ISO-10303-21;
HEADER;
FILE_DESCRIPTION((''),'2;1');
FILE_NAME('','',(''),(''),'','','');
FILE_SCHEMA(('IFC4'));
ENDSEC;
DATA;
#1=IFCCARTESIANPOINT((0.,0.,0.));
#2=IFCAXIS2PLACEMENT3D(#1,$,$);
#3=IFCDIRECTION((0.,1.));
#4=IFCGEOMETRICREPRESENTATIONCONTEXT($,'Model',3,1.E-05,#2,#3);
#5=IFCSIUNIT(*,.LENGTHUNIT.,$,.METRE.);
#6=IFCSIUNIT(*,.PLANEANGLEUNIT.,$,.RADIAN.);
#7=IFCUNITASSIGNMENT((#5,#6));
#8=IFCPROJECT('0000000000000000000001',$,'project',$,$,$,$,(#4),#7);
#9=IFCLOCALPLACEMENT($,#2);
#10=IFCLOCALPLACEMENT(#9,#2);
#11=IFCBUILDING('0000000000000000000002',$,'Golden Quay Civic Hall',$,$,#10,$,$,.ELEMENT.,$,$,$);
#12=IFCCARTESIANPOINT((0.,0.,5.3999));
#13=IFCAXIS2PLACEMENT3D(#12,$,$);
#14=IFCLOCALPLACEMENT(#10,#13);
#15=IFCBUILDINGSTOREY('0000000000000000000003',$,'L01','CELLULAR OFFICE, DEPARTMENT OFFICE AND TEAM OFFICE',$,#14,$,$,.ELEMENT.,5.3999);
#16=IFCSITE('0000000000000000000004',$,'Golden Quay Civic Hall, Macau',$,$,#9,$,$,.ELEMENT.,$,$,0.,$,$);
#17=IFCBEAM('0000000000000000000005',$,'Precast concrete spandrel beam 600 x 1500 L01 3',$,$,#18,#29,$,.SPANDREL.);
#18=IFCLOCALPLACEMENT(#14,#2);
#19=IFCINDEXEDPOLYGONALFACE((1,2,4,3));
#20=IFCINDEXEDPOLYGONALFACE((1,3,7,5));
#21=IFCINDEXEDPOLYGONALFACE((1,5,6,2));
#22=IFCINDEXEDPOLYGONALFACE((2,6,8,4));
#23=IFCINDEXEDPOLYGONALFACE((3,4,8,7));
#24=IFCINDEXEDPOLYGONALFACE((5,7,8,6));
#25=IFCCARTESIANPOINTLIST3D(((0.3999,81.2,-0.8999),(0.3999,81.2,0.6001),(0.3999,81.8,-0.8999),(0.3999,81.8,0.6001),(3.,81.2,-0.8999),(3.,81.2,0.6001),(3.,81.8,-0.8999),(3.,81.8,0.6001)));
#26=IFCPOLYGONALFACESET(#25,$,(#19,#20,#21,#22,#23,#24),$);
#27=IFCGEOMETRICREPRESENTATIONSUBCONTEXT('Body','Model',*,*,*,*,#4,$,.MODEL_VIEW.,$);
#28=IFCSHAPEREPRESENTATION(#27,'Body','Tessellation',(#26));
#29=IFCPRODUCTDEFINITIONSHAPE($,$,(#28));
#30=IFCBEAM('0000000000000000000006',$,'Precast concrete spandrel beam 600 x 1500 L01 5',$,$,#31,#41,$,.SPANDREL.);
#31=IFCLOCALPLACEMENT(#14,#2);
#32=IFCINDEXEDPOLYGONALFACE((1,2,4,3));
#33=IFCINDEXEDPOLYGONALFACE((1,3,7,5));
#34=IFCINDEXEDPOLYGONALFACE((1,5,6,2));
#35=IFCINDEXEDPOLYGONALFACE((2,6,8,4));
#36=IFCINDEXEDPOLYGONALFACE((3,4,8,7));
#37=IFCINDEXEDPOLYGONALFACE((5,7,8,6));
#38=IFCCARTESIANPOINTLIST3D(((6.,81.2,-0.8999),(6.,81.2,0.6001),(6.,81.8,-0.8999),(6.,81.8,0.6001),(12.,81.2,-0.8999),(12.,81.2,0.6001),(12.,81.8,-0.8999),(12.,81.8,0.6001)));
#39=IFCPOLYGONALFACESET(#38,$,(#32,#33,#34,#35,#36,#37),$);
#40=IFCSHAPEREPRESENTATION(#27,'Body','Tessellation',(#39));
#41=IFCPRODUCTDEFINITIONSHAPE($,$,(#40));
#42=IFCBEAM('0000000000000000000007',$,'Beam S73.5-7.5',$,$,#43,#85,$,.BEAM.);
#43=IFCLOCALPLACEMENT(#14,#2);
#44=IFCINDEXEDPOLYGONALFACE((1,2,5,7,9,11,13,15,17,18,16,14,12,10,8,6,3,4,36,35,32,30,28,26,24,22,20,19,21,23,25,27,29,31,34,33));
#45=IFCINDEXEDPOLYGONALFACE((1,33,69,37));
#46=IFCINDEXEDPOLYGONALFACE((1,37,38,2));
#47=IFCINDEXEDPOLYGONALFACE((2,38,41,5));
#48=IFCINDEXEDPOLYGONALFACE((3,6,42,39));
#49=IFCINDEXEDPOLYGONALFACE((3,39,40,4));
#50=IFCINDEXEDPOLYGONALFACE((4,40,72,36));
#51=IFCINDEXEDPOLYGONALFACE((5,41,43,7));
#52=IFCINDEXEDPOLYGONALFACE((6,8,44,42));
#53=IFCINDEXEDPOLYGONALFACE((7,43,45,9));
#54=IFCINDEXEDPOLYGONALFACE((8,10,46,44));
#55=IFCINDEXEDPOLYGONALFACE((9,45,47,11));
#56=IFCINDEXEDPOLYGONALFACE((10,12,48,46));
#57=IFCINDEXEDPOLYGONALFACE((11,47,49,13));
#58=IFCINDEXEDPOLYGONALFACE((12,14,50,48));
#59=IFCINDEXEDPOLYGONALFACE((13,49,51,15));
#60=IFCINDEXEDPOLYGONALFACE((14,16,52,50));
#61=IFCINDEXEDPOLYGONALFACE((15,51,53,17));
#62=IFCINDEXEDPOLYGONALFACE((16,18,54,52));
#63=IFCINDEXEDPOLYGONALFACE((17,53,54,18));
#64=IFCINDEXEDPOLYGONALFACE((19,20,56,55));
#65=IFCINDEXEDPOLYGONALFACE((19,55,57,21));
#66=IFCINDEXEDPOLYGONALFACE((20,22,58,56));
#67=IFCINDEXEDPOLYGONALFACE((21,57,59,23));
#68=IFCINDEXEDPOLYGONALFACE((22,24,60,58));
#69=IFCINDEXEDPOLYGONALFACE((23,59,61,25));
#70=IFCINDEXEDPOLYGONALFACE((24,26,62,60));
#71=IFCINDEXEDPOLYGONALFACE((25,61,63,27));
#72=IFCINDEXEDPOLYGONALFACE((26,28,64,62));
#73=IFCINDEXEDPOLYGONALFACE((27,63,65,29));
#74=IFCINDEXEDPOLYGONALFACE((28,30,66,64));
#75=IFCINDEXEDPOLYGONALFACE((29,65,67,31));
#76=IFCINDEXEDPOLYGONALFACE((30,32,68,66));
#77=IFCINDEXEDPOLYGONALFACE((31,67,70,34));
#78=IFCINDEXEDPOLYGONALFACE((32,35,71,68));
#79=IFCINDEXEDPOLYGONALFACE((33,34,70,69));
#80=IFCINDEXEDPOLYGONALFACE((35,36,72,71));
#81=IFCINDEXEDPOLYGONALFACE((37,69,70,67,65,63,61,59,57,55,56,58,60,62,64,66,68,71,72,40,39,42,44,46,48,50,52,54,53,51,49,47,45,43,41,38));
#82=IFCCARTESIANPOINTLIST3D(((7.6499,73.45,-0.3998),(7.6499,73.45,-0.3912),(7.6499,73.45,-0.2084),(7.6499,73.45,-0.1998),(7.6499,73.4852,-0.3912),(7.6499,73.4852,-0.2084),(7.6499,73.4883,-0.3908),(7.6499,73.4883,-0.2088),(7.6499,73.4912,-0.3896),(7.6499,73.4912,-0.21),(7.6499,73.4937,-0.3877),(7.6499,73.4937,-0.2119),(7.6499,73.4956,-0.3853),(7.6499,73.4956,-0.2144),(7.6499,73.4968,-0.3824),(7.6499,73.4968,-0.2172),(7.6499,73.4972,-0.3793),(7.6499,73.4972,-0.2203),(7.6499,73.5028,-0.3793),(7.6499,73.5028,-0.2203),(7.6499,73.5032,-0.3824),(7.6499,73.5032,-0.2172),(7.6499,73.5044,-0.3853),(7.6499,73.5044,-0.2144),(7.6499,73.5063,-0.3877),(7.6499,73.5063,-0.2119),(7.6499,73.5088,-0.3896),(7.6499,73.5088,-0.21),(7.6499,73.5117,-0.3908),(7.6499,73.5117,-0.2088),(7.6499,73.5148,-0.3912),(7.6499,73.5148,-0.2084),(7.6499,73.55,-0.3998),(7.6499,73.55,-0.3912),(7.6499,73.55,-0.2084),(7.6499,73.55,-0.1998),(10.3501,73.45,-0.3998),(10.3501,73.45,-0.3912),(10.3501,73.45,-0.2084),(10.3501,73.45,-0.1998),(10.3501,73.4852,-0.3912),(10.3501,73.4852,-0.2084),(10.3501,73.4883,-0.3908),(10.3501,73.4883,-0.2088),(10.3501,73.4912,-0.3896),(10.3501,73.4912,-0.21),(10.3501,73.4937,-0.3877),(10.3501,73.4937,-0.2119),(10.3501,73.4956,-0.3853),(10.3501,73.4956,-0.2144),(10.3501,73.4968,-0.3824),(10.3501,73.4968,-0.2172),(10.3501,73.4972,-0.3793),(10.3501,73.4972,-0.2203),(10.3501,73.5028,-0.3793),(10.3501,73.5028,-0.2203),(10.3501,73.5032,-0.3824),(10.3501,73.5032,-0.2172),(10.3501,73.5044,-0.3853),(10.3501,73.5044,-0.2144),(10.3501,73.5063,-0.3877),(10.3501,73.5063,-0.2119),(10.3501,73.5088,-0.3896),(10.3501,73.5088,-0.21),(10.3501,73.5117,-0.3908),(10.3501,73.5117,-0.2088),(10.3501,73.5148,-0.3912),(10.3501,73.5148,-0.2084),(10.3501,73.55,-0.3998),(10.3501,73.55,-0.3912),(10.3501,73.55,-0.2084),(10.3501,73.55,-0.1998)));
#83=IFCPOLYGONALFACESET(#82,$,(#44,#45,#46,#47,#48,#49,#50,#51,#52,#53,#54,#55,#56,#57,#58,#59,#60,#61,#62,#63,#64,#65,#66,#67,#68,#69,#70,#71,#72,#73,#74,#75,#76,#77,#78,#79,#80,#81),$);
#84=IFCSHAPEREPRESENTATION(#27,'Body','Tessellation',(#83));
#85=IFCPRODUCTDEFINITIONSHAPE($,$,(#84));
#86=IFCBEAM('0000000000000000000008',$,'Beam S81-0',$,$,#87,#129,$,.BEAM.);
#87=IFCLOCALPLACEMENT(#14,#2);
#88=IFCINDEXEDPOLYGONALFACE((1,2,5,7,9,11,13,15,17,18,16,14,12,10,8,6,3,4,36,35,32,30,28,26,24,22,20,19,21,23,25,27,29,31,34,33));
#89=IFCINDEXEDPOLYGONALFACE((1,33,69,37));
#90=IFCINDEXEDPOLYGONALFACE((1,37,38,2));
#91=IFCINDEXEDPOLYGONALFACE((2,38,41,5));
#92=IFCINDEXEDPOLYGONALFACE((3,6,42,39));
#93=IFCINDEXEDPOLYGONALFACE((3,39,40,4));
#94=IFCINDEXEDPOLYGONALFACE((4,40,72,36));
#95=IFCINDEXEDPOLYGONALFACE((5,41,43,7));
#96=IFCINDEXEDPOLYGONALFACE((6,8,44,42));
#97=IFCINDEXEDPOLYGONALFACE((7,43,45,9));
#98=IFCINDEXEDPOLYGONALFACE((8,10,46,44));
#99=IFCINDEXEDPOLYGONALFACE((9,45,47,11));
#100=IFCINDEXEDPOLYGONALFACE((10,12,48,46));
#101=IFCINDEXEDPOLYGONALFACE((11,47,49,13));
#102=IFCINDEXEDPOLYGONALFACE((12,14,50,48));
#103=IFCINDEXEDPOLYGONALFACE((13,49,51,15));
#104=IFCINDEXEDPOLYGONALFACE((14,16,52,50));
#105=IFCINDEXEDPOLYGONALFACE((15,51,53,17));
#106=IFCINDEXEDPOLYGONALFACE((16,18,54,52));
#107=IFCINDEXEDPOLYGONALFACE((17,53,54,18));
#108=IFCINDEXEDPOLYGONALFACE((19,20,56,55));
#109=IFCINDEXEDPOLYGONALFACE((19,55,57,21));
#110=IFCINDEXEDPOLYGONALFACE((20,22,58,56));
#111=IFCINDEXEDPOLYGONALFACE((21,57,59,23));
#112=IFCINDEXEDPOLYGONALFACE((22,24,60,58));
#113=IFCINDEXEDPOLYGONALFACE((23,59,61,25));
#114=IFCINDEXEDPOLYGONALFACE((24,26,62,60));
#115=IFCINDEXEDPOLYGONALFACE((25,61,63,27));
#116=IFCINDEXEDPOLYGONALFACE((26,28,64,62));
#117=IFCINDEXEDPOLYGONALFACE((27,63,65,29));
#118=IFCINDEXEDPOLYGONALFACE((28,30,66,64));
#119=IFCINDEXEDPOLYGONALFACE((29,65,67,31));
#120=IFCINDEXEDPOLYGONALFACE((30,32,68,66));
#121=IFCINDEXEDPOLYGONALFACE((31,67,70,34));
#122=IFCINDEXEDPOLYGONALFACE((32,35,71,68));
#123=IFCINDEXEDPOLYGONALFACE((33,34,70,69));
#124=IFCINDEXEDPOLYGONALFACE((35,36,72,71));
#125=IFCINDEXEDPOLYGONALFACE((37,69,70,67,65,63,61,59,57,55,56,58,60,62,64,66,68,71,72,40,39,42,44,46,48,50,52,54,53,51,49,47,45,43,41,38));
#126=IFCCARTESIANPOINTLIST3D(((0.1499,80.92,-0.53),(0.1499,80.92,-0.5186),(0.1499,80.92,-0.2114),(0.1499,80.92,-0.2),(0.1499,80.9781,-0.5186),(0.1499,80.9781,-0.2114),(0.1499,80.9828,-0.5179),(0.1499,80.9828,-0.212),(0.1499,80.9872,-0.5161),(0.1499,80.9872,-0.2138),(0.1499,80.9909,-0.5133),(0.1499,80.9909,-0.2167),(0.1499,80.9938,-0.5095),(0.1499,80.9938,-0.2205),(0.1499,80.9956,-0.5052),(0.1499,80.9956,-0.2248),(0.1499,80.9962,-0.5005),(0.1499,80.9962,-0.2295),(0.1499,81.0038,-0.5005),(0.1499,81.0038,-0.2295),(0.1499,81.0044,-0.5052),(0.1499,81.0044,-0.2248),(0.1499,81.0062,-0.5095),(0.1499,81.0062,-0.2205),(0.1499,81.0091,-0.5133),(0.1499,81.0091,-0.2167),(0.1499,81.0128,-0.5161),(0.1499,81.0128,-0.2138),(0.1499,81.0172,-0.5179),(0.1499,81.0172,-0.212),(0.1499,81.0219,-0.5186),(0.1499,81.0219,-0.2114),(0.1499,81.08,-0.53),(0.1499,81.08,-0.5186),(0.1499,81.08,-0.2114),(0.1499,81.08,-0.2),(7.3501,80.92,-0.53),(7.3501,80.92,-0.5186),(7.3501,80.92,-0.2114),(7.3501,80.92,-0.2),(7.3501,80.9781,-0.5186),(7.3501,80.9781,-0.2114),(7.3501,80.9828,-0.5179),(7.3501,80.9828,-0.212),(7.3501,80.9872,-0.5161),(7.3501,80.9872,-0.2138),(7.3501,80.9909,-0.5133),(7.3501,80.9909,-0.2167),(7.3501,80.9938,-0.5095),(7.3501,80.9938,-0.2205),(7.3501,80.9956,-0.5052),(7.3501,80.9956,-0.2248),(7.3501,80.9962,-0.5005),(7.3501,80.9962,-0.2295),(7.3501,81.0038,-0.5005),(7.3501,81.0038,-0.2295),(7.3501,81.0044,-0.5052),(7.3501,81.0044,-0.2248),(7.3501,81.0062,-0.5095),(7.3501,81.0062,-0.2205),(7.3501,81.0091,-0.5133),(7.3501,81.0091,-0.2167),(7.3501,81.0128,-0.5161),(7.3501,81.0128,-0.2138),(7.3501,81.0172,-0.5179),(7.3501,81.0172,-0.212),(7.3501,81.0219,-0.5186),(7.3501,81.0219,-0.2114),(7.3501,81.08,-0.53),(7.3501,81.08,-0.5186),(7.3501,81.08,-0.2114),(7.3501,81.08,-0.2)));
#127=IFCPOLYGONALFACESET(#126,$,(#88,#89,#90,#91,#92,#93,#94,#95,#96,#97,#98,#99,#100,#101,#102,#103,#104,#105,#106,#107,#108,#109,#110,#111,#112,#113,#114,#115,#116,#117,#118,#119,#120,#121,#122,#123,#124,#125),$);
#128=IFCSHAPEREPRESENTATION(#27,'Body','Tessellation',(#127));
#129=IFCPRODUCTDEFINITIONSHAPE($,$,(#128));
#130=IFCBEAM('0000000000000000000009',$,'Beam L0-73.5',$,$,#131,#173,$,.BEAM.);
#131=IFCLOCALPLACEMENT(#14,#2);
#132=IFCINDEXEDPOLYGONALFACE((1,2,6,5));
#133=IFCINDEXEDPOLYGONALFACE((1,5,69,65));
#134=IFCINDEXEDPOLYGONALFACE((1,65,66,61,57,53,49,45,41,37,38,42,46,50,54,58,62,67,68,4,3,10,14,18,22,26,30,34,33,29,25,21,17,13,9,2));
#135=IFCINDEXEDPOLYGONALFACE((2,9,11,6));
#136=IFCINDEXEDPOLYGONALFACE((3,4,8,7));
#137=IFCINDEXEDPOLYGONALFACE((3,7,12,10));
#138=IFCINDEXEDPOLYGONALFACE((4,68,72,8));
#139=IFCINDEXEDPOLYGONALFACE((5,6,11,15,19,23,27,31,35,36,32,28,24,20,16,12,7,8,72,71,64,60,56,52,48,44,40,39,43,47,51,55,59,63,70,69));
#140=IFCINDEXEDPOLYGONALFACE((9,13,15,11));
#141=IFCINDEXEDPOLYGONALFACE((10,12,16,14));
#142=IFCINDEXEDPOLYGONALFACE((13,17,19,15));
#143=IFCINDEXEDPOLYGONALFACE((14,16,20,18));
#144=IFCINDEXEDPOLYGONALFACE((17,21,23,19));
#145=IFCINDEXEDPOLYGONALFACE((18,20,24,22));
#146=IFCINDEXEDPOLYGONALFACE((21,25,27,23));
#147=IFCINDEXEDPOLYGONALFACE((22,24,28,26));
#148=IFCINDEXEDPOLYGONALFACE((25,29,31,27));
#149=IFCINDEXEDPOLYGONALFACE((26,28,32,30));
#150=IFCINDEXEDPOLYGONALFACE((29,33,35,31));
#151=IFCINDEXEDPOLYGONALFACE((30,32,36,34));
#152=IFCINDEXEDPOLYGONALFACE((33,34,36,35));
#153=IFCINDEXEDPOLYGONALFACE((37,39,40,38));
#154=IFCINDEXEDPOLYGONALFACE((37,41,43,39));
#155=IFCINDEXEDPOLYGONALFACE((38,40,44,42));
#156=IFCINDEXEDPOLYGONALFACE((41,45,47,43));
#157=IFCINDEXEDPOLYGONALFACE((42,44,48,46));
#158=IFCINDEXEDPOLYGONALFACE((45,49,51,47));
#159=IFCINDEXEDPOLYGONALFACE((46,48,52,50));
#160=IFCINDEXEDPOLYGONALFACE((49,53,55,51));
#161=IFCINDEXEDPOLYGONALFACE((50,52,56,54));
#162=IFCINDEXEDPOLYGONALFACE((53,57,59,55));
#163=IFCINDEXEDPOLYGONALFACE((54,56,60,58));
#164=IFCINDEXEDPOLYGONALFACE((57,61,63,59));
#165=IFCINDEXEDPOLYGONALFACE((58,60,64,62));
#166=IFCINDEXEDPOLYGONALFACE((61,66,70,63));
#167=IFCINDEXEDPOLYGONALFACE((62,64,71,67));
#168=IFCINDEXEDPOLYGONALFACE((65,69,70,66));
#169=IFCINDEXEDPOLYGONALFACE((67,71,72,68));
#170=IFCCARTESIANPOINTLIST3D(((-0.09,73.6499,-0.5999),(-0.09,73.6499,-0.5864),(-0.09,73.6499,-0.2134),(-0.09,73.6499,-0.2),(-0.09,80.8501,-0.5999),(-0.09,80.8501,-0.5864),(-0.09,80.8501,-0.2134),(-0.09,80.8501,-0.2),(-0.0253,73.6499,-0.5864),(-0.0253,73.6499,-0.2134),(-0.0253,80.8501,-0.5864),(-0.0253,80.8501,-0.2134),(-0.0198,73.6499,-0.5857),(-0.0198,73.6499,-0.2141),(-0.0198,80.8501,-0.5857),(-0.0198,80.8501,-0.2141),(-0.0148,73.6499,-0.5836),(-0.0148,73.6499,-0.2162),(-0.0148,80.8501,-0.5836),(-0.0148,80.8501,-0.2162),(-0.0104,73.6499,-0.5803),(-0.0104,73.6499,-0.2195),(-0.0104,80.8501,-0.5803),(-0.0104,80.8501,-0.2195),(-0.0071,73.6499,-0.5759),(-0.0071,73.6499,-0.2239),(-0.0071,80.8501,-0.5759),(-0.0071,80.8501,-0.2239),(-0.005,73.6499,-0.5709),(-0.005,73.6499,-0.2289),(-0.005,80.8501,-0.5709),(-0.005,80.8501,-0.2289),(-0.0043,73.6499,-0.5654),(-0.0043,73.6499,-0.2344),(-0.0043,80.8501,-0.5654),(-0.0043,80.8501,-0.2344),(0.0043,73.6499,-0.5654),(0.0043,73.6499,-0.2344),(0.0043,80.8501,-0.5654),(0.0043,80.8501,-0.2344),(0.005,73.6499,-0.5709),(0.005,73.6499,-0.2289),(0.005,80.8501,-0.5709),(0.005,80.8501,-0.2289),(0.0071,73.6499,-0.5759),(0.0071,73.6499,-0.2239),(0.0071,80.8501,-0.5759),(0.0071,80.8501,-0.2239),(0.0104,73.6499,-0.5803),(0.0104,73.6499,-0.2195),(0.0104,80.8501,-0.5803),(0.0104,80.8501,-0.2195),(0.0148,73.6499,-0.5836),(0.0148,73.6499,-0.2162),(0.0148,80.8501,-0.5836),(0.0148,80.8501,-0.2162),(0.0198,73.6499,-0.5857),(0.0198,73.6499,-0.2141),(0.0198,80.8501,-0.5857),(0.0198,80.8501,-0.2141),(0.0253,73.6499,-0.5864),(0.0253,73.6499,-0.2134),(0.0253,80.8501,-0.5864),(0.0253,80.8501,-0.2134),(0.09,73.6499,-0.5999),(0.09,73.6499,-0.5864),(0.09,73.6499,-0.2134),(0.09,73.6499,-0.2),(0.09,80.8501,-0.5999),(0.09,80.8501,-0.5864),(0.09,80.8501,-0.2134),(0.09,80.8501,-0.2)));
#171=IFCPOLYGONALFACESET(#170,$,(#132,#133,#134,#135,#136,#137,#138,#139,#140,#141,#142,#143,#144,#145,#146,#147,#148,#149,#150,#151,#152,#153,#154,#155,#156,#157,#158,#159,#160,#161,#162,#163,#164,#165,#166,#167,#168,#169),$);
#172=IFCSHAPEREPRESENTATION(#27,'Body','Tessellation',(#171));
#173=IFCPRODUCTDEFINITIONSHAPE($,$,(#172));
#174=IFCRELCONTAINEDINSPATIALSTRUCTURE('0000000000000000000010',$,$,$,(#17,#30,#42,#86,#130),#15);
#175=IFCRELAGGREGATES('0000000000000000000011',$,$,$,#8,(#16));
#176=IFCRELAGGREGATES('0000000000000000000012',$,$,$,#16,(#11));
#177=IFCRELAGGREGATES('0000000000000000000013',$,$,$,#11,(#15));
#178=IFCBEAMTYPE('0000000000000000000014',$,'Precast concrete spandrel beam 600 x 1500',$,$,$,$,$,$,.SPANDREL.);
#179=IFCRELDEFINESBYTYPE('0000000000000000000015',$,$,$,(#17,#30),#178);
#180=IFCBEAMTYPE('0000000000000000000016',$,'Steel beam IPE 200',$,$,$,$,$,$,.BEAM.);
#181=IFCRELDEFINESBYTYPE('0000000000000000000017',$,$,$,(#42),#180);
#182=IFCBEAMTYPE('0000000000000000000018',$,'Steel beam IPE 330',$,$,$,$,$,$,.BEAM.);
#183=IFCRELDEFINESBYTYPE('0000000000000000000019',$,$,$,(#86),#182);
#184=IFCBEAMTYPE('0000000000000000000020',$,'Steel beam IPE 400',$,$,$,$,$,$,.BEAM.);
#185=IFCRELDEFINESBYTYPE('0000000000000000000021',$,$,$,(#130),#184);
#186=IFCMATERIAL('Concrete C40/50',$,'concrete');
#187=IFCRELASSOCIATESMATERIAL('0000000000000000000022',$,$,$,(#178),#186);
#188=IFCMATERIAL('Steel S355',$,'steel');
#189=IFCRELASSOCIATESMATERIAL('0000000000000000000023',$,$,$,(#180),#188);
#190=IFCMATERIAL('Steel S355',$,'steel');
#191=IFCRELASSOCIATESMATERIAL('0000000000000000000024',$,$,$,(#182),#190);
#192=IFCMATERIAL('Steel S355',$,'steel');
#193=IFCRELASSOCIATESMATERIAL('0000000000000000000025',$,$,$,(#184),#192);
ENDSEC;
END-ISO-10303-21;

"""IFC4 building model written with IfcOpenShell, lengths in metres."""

from ifc_helpers import new_model, si_unit, direction, frame, origin, origin_2d, place, context, subcontext, project, spatial, rectangle, i_section, extrude, material, material_profile, profile_set, type_object, element, save


model = new_model("IFC4")

# Units and contexts
model_context = context("Model", 3, precision=1e-05, world=origin(), true_north=direction((0.0, 1.0)))
body_context = subcontext(model_context, "Body", "Model", "MODEL_VIEW")
ifc_project = project(units=[si_unit("LENGTHUNIT", "METRE"), si_unit("PLANEANGLEUNIT", "RADIAN")], contexts=[model_context])

# Site, building, storey
site_placement = place(None, origin())
site = spatial("IfcSite", under=ifc_project, at=site_placement, Name="Golden Quay Civic Hall, Macau", CompositionType="ELEMENT", RefElevation=0.0)
building_placement = place(site_placement, origin())
building = spatial("IfcBuilding", under=site, at=building_placement, Name="Golden Quay Civic Hall", CompositionType="ELEMENT")
storey_placement = place(building_placement, frame((0.0, 0.0, 5.3999)))
storey = spatial("IfcBuildingStorey", under=building, at=storey_placement, Name="L01", Description="CELLULAR OFFICE, DEPARTMENT OFFICE AND TEAM OFFICE", CompositionType="ELEMENT", Elevation=5.3999)

# Beams
ifc_material_1 = material(Name="Concrete C40/50", Category="concrete")
ifc_material_profile_1 = material_profile(ifc_material_1, rectangle(XDim=0.6001, YDim=1.5, at=origin_2d()), Name="RC 600x1500")
ifc_profile_set_1 = profile_set([ifc_material_profile_1], Name="Concrete C40/50")
beam_type_1 = type_object("IfcBeamType", Name="Precast concrete spandrel beam 600 x 1500", PredefinedType="SPANDREL", material=ifc_profile_set_1)
beam_1_placement = place(storey_placement, frame((0.3999, 81.5, -0.1499), z_axis=(1.0, 0.0, 0.0), x_axis=(0.0, 1.0, 0.0)))
element("IfcBeam", 1, at=beam_1_placement, inside=storey, type_object=beam_type_1, Name="Precast concrete spandrel beam 600 x 1500 L01 3", PredefinedType="SPANDREL", context=body_context, shape_type="SweptSolid", body=[
    extrude(rectangle(XDim=0.6001, YDim=1.5, at=origin_2d()), origin(), (0.0, 0.0, 1.0), 2.6001),
])
beam_2_placement = place(storey_placement, frame((6.0, 81.5, -0.1499), z_axis=(1.0, 0.0, 0.0), x_axis=(0.0, 1.0, 0.0)))
element("IfcBeam", 2, at=beam_2_placement, inside=storey, type_object=beam_type_1, Name="Precast concrete spandrel beam 600 x 1500 L01 5", PredefinedType="SPANDREL", context=body_context, shape_type="SweptSolid", body=[
    extrude(rectangle(XDim=0.6001, YDim=1.5, at=origin_2d()), origin(), (0.0, 0.0, 1.0), 6.0),
])
ifc_material_2 = material(Name="Steel S355", Category="steel")
ifc_material_profile_2 = material_profile(ifc_material_2, i_section(OverallWidth=0.1001, OverallDepth=0.2, WebThickness=0.0056, FlangeThickness=0.0085, FilletRadius=0.012, at=origin_2d()), Name="IPE 200")
ifc_profile_set_2 = profile_set([ifc_material_profile_2], Name="Steel S355")
beam_type_2 = type_object("IfcBeamType", Name="Steel beam IPE 200", PredefinedType="BEAM", material=ifc_profile_set_2)
beam_3_placement = place(storey_placement, frame((7.6499, 73.5, -0.2998), z_axis=(1.0, 0.0, 0.0), x_axis=(0.0, 1.0, 0.0)))
element("IfcBeam", 3, at=beam_3_placement, inside=storey, type_object=beam_type_2, Name="Beam S73.5-7.5", PredefinedType="BEAM", context=body_context, shape_type="SweptSolid", body=[
    extrude(i_section(OverallWidth=0.1001, OverallDepth=0.2, WebThickness=0.0056, FlangeThickness=0.0085, FilletRadius=0.012, at=origin_2d()), origin(), (0.0, 0.0, 1.0), 2.7002),
])
ifc_material_3 = material(Name="Steel S355", Category="steel")
ifc_material_profile_3 = material_profile(ifc_material_3, i_section(OverallWidth=0.1599, OverallDepth=0.3301, WebThickness=0.0076, FlangeThickness=0.0115, FilletRadius=0.0181, at=origin_2d()), Name="IPE 330")
ifc_profile_set_3 = profile_set([ifc_material_profile_3], Name="Steel S355")
beam_type_3 = type_object("IfcBeamType", Name="Steel beam IPE 330", PredefinedType="BEAM", material=ifc_profile_set_3)
beam_4_placement = place(storey_placement, frame((0.1499, 81.0, -0.365), z_axis=(1.0, 0.0, 0.0), x_axis=(0.0, 1.0, 0.0)))
element("IfcBeam", 4, at=beam_4_placement, inside=storey, type_object=beam_type_3, Name="Beam S81-0", PredefinedType="BEAM", context=body_context, shape_type="SweptSolid", body=[
    extrude(i_section(OverallWidth=0.1599, OverallDepth=0.3301, WebThickness=0.0076, FlangeThickness=0.0115, FilletRadius=0.0181, at=origin_2d()), origin(), (0.0, 0.0, 1.0), 7.2002),
])
ifc_material_4 = material(Name="Steel S355", Category="steel")
ifc_material_profile_4 = material_profile(ifc_material_4, i_section(OverallWidth=0.1799, OverallDepth=0.3999, WebThickness=0.0085, FlangeThickness=0.0134, FilletRadius=0.021, at=origin_2d()), Name="IPE 400")
ifc_profile_set_4 = profile_set([ifc_material_profile_4], Name="Steel S355")
beam_type_4 = type_object("IfcBeamType", Name="Steel beam IPE 400", PredefinedType="BEAM", material=ifc_profile_set_4)
beam_5_placement = place(storey_placement, frame((0.0, 73.6499, -0.3999), z_axis=(0.0, 1.0, 0.0), x_axis=(-1.0, 0.0, 0.0)))
element("IfcBeam", 5, at=beam_5_placement, inside=storey, type_object=beam_type_4, Name="Beam L0-73.5", PredefinedType="BEAM", context=body_context, shape_type="SweptSolid", body=[
    extrude(i_section(OverallWidth=0.1799, OverallDepth=0.3999, WebThickness=0.0085, FlangeThickness=0.0134, FilletRadius=0.021, at=origin_2d()), origin(), (0.0, 0.0, 1.0), 7.2002),
])

save(model, "model.ifc")
